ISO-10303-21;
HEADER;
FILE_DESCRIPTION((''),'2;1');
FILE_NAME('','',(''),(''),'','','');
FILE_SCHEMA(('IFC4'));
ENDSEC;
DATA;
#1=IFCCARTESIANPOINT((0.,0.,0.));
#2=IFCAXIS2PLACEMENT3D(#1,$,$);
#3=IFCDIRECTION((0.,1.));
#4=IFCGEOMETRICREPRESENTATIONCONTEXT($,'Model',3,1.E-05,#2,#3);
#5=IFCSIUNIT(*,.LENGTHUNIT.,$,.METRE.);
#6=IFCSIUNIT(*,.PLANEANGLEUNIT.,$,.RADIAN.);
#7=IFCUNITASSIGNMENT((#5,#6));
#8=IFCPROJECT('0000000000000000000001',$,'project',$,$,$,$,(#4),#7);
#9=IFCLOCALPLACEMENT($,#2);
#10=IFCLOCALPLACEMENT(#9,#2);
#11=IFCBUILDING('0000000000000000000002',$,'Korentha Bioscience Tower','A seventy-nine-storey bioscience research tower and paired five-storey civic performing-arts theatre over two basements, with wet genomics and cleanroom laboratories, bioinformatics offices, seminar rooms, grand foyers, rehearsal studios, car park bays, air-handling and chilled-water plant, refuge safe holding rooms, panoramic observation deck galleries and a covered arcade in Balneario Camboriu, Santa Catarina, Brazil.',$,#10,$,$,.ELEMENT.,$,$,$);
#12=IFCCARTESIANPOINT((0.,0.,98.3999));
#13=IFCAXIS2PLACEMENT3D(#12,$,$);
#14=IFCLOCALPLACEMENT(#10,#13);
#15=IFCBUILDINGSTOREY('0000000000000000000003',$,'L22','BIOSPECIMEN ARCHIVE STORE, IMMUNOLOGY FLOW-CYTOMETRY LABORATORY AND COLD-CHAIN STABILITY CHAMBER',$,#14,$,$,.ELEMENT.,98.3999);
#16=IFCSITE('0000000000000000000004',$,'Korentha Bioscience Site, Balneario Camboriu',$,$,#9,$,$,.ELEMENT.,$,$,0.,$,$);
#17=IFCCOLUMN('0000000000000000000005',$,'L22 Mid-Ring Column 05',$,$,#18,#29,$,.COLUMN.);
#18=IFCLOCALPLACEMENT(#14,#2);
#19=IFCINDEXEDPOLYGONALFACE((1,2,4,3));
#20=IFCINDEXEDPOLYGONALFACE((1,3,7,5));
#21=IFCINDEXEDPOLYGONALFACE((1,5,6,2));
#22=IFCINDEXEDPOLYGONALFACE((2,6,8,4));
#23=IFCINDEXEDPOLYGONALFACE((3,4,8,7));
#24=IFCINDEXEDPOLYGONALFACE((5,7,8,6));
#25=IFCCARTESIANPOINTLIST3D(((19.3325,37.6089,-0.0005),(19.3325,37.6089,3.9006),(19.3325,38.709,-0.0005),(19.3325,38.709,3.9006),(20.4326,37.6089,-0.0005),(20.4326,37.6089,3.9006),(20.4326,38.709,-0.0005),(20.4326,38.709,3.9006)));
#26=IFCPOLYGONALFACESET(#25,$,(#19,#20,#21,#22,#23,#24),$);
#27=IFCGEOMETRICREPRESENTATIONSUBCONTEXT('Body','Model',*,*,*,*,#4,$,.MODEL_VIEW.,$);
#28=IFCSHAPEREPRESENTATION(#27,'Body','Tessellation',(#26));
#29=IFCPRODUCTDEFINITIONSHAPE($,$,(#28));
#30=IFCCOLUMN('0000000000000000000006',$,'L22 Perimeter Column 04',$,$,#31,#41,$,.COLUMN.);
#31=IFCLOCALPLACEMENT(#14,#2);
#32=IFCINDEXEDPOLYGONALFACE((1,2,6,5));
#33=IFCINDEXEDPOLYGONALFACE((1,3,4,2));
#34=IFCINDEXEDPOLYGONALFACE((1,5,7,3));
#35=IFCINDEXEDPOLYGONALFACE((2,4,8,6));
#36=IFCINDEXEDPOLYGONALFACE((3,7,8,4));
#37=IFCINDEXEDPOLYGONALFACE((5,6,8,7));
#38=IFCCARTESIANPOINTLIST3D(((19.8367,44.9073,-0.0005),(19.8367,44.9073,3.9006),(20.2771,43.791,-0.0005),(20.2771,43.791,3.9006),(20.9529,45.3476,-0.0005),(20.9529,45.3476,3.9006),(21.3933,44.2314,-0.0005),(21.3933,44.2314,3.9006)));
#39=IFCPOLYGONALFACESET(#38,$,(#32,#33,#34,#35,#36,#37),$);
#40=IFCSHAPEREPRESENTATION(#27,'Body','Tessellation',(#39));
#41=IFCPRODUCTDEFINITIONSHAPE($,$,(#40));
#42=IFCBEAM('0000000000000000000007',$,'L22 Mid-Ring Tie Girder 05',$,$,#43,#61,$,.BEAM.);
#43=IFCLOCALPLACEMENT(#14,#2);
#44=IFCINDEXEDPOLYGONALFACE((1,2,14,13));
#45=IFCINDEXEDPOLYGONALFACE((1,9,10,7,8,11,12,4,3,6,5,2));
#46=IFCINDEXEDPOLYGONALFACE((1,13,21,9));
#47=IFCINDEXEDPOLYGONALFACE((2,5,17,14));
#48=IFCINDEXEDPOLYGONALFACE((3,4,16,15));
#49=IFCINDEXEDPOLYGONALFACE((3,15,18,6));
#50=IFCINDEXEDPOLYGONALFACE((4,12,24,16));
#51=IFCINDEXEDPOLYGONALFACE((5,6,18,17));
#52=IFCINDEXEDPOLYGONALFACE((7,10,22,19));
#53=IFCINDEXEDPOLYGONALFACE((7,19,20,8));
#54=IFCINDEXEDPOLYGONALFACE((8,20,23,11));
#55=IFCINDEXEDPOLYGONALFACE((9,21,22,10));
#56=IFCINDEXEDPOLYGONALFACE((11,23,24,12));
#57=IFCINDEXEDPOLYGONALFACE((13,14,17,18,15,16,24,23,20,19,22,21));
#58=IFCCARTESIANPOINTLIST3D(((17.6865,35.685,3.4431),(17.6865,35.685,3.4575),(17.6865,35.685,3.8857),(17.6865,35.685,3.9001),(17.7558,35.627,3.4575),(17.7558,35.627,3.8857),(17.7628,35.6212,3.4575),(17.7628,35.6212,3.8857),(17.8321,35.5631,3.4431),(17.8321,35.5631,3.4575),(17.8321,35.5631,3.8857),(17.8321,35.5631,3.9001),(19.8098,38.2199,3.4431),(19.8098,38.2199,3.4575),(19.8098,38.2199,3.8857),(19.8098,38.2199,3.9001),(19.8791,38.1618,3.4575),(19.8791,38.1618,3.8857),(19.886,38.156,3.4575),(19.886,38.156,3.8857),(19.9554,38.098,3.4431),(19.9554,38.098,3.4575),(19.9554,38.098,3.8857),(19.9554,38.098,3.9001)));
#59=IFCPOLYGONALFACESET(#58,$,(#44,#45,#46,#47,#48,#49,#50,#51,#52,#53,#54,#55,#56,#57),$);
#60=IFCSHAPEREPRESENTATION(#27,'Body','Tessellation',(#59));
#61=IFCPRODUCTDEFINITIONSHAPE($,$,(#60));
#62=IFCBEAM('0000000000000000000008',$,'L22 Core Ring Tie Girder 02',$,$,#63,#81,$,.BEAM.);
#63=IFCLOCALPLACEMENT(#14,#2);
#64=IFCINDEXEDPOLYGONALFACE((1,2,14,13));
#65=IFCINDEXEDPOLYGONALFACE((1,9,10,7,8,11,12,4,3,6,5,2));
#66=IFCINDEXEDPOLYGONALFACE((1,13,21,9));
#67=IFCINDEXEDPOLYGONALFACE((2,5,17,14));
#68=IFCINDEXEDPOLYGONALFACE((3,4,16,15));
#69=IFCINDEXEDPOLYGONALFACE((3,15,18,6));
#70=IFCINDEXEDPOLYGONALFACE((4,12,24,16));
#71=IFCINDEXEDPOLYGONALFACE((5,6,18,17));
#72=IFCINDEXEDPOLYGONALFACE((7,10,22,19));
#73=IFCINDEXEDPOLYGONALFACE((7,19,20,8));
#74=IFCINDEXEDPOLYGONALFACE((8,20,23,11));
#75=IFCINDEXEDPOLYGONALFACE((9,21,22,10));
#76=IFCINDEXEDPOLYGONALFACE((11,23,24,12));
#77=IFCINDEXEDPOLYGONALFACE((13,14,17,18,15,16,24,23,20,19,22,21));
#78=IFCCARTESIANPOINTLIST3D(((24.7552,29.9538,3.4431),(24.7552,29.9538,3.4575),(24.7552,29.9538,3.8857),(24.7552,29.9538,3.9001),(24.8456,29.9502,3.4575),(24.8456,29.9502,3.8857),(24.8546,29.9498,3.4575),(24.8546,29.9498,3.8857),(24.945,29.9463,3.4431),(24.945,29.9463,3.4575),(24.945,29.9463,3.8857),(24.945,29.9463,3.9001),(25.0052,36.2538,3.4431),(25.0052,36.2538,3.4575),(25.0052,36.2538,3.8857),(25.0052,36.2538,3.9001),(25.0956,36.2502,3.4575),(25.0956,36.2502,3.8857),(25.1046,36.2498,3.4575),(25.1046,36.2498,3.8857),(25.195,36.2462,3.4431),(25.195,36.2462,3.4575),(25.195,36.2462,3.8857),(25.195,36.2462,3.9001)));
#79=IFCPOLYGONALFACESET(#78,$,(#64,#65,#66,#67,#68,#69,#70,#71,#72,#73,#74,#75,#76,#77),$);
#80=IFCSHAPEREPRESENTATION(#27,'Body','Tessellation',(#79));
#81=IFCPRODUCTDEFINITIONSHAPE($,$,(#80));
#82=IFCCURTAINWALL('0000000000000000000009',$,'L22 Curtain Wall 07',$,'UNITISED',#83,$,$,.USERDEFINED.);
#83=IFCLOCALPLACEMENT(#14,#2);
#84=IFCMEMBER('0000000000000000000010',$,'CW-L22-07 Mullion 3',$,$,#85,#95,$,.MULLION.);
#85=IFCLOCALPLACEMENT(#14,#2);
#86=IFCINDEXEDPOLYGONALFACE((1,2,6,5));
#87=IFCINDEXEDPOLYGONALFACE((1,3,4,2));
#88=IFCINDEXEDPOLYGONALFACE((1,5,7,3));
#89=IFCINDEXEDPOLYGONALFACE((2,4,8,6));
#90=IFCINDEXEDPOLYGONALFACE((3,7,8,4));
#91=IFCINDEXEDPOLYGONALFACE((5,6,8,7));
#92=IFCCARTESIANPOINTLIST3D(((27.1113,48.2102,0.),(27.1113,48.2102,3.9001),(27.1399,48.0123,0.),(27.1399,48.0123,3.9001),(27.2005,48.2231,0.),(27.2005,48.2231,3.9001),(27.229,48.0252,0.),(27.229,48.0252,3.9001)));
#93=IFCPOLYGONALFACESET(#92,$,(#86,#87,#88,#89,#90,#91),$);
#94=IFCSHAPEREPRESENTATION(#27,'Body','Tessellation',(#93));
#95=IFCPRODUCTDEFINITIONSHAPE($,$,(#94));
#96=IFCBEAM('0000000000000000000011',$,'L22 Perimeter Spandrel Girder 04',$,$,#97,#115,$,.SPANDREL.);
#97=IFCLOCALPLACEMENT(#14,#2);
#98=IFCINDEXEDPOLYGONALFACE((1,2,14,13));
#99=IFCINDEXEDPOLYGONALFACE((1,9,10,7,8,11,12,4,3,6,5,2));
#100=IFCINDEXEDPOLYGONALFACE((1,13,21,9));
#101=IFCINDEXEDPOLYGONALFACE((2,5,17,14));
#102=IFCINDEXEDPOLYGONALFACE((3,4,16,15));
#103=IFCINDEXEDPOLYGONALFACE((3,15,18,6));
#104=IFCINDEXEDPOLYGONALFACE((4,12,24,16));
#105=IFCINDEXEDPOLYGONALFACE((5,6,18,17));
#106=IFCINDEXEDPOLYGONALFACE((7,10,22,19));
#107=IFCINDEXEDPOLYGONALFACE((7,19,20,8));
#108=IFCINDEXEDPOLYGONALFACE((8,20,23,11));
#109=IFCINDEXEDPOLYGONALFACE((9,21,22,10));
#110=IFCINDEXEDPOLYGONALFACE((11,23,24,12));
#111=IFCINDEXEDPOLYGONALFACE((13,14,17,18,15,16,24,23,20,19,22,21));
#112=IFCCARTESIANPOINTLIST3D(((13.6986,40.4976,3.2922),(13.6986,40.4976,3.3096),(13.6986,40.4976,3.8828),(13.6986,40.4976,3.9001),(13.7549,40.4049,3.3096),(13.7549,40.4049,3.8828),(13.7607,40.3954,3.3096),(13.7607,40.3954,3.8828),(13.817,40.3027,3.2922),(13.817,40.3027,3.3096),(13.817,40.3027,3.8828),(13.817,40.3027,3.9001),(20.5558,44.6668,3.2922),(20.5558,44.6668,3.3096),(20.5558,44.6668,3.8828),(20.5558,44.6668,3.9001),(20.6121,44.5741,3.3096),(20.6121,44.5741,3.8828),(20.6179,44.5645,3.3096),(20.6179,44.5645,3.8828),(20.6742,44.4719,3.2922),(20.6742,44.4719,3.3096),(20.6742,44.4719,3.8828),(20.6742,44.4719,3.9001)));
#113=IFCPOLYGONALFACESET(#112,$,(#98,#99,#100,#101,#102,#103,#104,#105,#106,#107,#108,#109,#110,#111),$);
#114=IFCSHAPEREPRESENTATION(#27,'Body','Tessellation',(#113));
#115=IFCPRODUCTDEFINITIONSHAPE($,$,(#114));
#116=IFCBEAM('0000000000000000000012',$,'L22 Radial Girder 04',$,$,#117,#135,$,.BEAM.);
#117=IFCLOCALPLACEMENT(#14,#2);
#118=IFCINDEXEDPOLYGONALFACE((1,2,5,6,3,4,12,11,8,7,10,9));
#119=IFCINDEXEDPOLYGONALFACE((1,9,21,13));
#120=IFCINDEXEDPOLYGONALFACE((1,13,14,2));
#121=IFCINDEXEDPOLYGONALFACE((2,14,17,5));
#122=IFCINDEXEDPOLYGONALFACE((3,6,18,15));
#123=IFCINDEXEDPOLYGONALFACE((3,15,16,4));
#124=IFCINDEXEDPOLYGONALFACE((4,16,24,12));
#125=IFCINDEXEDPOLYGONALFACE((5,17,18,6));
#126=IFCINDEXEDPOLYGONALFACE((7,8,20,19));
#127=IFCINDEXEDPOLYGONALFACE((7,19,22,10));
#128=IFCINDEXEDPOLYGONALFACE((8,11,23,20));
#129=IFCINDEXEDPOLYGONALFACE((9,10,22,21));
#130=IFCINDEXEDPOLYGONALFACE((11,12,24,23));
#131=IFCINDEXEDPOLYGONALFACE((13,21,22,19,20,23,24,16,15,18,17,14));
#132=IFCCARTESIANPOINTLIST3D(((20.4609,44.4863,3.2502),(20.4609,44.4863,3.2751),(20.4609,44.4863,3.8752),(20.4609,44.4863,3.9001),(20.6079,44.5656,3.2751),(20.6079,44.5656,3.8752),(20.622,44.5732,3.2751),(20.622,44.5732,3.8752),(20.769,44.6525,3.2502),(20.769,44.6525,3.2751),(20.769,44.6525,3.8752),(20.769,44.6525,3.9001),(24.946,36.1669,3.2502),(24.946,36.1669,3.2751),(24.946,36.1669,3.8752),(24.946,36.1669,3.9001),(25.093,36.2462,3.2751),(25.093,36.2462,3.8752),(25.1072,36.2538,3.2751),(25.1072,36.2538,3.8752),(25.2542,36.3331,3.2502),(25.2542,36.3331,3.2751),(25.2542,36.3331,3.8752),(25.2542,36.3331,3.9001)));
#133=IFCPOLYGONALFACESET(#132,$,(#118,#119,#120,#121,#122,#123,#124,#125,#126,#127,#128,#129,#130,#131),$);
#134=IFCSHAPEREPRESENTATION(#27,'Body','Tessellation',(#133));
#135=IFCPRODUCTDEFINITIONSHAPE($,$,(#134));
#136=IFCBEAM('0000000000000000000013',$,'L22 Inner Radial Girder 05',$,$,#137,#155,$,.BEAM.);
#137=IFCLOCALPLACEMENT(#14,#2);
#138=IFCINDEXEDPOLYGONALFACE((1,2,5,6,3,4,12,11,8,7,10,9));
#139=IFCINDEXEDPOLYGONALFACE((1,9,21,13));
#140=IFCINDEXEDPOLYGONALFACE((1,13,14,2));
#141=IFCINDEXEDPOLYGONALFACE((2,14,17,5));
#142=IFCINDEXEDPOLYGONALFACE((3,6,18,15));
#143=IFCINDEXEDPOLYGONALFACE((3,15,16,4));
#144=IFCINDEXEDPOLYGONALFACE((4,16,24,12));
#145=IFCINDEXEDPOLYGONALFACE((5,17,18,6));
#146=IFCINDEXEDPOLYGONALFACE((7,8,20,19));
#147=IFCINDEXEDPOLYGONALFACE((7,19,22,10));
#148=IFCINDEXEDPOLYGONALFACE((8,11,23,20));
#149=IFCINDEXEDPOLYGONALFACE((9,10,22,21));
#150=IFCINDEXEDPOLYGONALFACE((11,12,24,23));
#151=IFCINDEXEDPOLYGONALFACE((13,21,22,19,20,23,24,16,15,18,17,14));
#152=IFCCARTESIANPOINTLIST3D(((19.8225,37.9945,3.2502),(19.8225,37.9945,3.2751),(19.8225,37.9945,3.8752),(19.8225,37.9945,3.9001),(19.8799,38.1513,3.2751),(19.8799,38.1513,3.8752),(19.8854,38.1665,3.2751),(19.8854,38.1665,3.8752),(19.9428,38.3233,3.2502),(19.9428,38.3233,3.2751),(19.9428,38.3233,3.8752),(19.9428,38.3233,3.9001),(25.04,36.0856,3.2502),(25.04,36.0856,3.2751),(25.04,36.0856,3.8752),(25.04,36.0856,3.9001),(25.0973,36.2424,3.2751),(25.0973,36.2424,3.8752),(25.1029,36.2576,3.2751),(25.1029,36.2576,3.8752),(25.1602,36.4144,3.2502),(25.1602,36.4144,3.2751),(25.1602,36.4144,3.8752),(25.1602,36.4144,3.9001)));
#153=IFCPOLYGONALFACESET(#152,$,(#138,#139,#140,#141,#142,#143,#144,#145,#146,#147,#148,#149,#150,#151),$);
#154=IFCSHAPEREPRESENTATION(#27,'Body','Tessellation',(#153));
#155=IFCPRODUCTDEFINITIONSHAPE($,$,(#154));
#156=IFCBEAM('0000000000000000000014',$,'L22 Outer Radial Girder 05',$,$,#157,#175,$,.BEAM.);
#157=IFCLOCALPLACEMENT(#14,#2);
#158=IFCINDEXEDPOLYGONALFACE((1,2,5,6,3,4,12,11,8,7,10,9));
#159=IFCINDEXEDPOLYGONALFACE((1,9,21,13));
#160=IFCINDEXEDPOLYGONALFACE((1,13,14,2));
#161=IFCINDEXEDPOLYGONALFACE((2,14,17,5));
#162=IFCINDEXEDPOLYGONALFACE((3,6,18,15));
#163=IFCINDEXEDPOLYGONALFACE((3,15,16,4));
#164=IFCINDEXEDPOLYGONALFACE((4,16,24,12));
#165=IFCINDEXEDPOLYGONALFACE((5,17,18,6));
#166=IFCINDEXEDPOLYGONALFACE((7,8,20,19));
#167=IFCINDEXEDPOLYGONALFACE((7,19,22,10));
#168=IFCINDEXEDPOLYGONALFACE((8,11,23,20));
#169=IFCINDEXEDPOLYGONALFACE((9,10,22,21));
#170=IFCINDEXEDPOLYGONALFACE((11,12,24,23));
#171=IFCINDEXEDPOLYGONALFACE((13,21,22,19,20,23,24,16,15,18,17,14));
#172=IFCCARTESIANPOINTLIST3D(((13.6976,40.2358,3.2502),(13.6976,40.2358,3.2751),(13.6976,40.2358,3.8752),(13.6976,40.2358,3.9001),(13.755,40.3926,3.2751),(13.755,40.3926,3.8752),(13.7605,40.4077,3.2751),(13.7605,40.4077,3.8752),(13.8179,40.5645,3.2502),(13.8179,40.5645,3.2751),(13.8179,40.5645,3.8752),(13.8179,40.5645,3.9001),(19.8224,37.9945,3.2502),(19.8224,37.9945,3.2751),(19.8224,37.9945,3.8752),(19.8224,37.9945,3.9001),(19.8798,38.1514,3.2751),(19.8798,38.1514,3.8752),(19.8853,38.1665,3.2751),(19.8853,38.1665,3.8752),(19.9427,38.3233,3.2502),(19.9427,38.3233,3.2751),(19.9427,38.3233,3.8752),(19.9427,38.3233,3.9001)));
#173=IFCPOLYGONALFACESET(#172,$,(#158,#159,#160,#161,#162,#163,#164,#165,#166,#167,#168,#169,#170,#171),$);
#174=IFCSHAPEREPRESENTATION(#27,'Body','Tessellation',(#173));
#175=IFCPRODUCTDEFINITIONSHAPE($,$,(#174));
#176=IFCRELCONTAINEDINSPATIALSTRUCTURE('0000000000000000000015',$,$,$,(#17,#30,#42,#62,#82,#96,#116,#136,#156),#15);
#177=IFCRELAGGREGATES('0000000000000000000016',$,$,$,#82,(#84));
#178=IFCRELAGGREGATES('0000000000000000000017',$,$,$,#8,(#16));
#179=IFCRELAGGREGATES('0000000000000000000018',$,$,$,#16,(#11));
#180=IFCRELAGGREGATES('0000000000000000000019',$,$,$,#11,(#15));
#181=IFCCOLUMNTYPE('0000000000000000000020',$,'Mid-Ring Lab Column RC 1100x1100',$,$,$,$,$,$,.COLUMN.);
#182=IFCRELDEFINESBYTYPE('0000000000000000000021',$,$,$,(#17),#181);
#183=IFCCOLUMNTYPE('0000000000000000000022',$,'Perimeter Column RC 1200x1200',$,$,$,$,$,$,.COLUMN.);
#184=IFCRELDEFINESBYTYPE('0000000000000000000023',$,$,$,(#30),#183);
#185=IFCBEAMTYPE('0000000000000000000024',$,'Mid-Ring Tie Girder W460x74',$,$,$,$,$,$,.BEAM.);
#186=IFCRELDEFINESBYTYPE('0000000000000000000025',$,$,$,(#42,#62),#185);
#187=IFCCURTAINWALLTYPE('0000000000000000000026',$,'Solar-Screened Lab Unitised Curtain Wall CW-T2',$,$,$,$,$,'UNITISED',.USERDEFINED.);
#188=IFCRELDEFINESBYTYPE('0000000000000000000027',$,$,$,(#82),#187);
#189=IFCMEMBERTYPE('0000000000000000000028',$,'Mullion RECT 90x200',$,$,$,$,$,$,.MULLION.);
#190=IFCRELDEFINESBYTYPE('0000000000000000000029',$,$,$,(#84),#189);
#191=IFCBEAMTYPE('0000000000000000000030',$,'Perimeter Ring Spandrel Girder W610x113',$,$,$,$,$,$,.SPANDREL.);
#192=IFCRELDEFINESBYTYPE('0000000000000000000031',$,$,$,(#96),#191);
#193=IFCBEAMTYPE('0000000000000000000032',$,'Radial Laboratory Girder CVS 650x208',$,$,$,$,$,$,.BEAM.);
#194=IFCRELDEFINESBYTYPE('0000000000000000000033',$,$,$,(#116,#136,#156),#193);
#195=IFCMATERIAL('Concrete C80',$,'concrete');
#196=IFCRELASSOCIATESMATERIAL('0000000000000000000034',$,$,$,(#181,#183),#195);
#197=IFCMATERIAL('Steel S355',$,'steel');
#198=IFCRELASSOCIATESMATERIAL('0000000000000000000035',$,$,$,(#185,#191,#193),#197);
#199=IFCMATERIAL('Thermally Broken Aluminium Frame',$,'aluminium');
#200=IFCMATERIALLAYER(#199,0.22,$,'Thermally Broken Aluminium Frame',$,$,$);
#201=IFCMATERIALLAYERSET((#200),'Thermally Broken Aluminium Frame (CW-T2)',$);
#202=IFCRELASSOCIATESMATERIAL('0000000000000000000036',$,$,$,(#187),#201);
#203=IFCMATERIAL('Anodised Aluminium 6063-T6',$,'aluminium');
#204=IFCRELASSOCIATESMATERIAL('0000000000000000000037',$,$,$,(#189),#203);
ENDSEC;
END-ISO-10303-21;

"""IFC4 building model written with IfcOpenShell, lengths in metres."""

from ifc_helpers import new_model, si_unit, direction, frame, origin, origin_2d, place, context, subcontext, project, spatial, rectangle, i_section, extrude, material, layer, layer_set, material_profile, profile_set, type_object, element, aggregate, save


model = new_model("IFC4")

# Units and contexts
model_context = context("Model", 3, precision=1e-05, world=origin(), true_north=direction((0.0, 1.0)))
body_context = subcontext(model_context, "Body", "Model", "MODEL_VIEW")
ifc_project = project(units=[si_unit("LENGTHUNIT", "METRE"), si_unit("PLANEANGLEUNIT", "RADIAN")], contexts=[model_context])

# Site, building, storey
site_placement = place(None, origin())
site = spatial("IfcSite", under=ifc_project, at=site_placement, Name="Korentha Bioscience Site, Balneario Camboriu", CompositionType="ELEMENT", RefElevation=0.0)
building_placement = place(site_placement, origin())
building = spatial("IfcBuilding", under=site, at=building_placement, Name="Korentha Bioscience Tower", Description="A seventy-nine-storey bioscience research tower and paired five-storey civic performing-arts theatre over two basements, with wet genomics and cleanroom laboratories, bioinformatics offices, seminar rooms, grand foyers, rehearsal studios, car park bays, air-handling and chilled-water plant, refuge safe holding rooms, panoramic observation deck galleries and a covered arcade in Balneario Camboriu, Santa Catarina, Brazil.", CompositionType="ELEMENT")
storey_placement = place(building_placement, frame((0.0, 0.0, 98.3999)))
storey = spatial("IfcBuildingStorey", under=building, at=storey_placement, Name="L22", Description="BIOSPECIMEN ARCHIVE STORE, IMMUNOLOGY FLOW-CYTOMETRY LABORATORY AND COLD-CHAIN STABILITY CHAMBER", CompositionType="ELEMENT", Elevation=98.3999)

# Columns
ifc_material_1 = material(Name="Concrete C80", Category="concrete")
ifc_material_profile_1 = material_profile(ifc_material_1, rectangle(XDim=1.1001, YDim=1.1001, at=origin_2d()), Name="Concrete C80")
ifc_profile_set_1 = profile_set([ifc_material_profile_1], Name="Concrete C80 (COL-MR11)")
column_type_1 = type_object("IfcColumnType", Name="Mid-Ring Lab Column RC 1100x1100", PredefinedType="COLUMN", material=ifc_profile_set_1)
column_1_placement = place(storey_placement, frame((19.8826, 38.1589, -0.0005), z_axis=(0.0, 0.0, 1.0), x_axis=(1.0, 0.0, 0.0)))
element("IfcColumn", 1, at=column_1_placement, inside=storey, type_object=column_type_1, Name="L22 Mid-Ring Column 05", PredefinedType="COLUMN", context=body_context, shape_type="SweptSolid", body=[
    extrude(rectangle(XDim=1.1001, YDim=1.1001, at=origin_2d()), origin(), (0.0, 0.0, 1.0), 3.9011),
])
ifc_material_profile_2 = material_profile(ifc_material_1, rectangle(XDim=1.2, YDim=1.2, at=origin_2d()), Name="Concrete C80")
ifc_profile_set_2 = profile_set([ifc_material_profile_2], Name="Concrete C80 (COL-P12)")
column_type_2 = type_object("IfcColumnType", Name="Perimeter Column RC 1200x1200", PredefinedType="COLUMN", material=ifc_profile_set_2)
column_2_placement = place(storey_placement, frame((20.615, 44.5693, -0.0005), z_axis=(0.0, 0.0, 1.0), x_axis=(0.930226, 0.366988, 0.0)))
element("IfcColumn", 2, at=column_2_placement, inside=storey, type_object=column_type_2, Name="L22 Perimeter Column 04", PredefinedType="COLUMN", context=body_context, shape_type="SweptSolid", body=[
    extrude(rectangle(XDim=1.2, YDim=1.2, at=origin_2d()), origin(), (0.0, 0.0, 1.0), 3.9011),
])

# Beams
ifc_material_2 = material(Name="Steel S355", Category="steel")
ifc_material_profile_3 = material_profile(ifc_material_2, i_section(OverallWidth=0.1899, OverallDepth=0.457, WebThickness=0.009, FlangeThickness=0.0144, at=origin_2d()), Name="Steel S355")
ifc_profile_set_3 = profile_set([ifc_material_profile_3], Name="Steel S355 (MB-460)")
beam_type_1 = type_object("IfcBeamType", Name="Mid-Ring Tie Girder W460x74", PredefinedType="BEAM", material=ifc_profile_set_3)
beam_1_placement = place(storey_placement, frame((19.8826, 38.1589, 3.6716), z_axis=(-0.642121, -0.766603, 0.0), x_axis=(0.766603, -0.642121, 0.0)))
element("IfcBeam", 3, at=beam_1_placement, inside=storey, type_object=beam_type_1, Name="L22 Mid-Ring Tie Girder 05", PredefinedType="BEAM", context=body_context, shape_type="SweptSolid", body=[
    extrude(i_section(OverallWidth=0.1899, OverallDepth=0.457, WebThickness=0.009, FlangeThickness=0.0144, at=origin_2d()), origin(), (0.0, 0.0, 1.0), 3.3066),
])
beam_2_placement = place(storey_placement, frame((25.1001, 36.25, 3.6716), z_axis=(-0.039651, -0.999214, 0.0), x_axis=(0.999214, -0.039651, 0.0)))
element("IfcBeam", 4, at=beam_2_placement, inside=storey, type_object=beam_type_1, Name="L22 Core Ring Tie Girder 02", PredefinedType="BEAM", context=body_context, shape_type="SweptSolid", body=[
    extrude(i_section(OverallWidth=0.1899, OverallDepth=0.457, WebThickness=0.009, FlangeThickness=0.0144, at=origin_2d()), origin(), (0.0, 0.0, 1.0), 6.3049),
])

# Curtain wall, member
ifc_material_3 = material(Name="Thermally Broken Aluminium Frame", Category="aluminium")
ifc_layer_1 = layer(ifc_material_3, 0.22, Name="Thermally Broken Aluminium Frame")
ifc_layer_set_1 = layer_set([ifc_layer_1], Name="Thermally Broken Aluminium Frame (CW-T2)")
curtain_wall_type = type_object("IfcCurtainWallType", Name="Solar-Screened Lab Unitised Curtain Wall CW-T2", ElementType="UNITISED", PredefinedType="USERDEFINED", material=ifc_layer_set_1)
curtain_wall_placement = place(storey_placement, origin())
curtain_wall = element("IfcCurtainWall", 5, at=curtain_wall_placement, inside=storey, type_object=curtain_wall_type, Name="L22 Curtain Wall 07", ObjectType="UNITISED", PredefinedType="USERDEFINED")
ifc_material_4 = material(Name="Anodised Aluminium 6063-T6", Category="aluminium")
ifc_material_profile_4 = material_profile(ifc_material_4, rectangle(XDim=0.0901, YDim=0.2, at=origin_2d()), Name="Anodised Aluminium 6063-T6")
ifc_profile_set_4 = profile_set([ifc_material_profile_4], Name="Anodised Aluminium 6063-T6 (CW-MUL)")
member_type_1 = type_object("IfcMemberType", Name="Mullion RECT 90x200", PredefinedType="MULLION", material=ifc_profile_set_4)
member_1_placement = place(storey_placement, frame((27.1702, 48.1177, 0.0), z_axis=(0.0, 0.0, 1.0), x_axis=(-0.989738, -0.142892, 0.0)))
member_1 = element("IfcMember", 6, at=member_1_placement, type_object=member_type_1, Name="CW-L22-07 Mullion 3", PredefinedType="MULLION", context=body_context, shape_type="SweptSolid", body=[
    extrude(rectangle(XDim=0.0901, YDim=0.2, at=origin_2d()), origin(), (0.0, 0.0, 1.0), 3.9001),
])

# Beams
ifc_material_profile_5 = material_profile(ifc_material_2, i_section(OverallWidth=0.228, OverallDepth=0.6079, WebThickness=0.0112, FlangeThickness=0.0173, at=origin_2d()), Name="Steel S355")
ifc_profile_set_5 = profile_set([ifc_material_profile_5], Name="Steel S355 (SB-610)")
beam_type_2 = type_object("IfcBeamType", Name="Perimeter Ring Spandrel Girder W610x113", PredefinedType="SPANDREL", material=ifc_profile_set_5)
beam_3_placement = place(storey_placement, frame((20.615, 44.5693, 3.5962), z_axis=(-0.854461, -0.519515, 0.0), x_axis=(0.519515, -0.854461, 0.0)))
element("IfcBeam", 7, at=beam_3_placement, inside=storey, type_object=beam_type_2, Name="L22 Perimeter Spandrel Girder 04", PredefinedType="SPANDREL", context=body_context, shape_type="SweptSolid", body=[
    extrude(i_section(OverallWidth=0.228, OverallDepth=0.6079, WebThickness=0.0112, FlangeThickness=0.0173, at=origin_2d()), origin(), (0.0, 0.0, 1.0), 8.0251),
])
ifc_material_profile_6 = material_profile(ifc_material_2, i_section(OverallWidth=0.3501, OverallDepth=0.6499, WebThickness=0.0161, FlangeThickness=0.0249, at=origin_2d()), Name="Steel S355")
ifc_profile_set_6 = profile_set([ifc_material_profile_6], Name="Steel S355 (RB-650)")
beam_type_3 = type_object("IfcBeamType", Name="Radial Laboratory Girder CVS 650x208", PredefinedType="BEAM", material=ifc_profile_set_6)
beam_4_placement = place(storey_placement, frame((25.1001, 36.25, 3.5752), z_axis=(-0.474548, 0.88023, 0.0), x_axis=(-0.88023, -0.474548, 0.0)))
element("IfcBeam", 8, at=beam_4_placement, inside=storey, type_object=beam_type_3, Name="L22 Radial Girder 04", PredefinedType="BEAM", context=body_context, shape_type="SweptSolid", body=[
    extrude(i_section(OverallWidth=0.3501, OverallDepth=0.6499, WebThickness=0.0161, FlangeThickness=0.0249, at=origin_2d()), origin(), (0.0, 0.0, 1.0), 9.4514),
])
beam_5_placement = place(storey_placement, frame((25.1001, 36.25, 3.5752), z_axis=(-0.939118, 0.343595, 0.0), x_axis=(-0.343595, -0.939118, 0.0)))
element("IfcBeam", 9, at=beam_5_placement, inside=storey, type_object=beam_type_3, Name="L22 Inner Radial Girder 05", PredefinedType="BEAM", context=body_context, shape_type="SweptSolid", body=[
    extrude(i_section(OverallWidth=0.3501, OverallDepth=0.6499, WebThickness=0.0161, FlangeThickness=0.0249, at=origin_2d()), origin(), (0.0, 0.0, 1.0), 5.5557),
])
beam_6_placement = place(storey_placement, frame((19.8826, 38.1589, 3.5752), z_axis=(-0.939101, 0.343642, 0.0), x_axis=(-0.343642, -0.939101, 0.0)))
element("IfcBeam", 10, at=beam_6_placement, inside=storey, type_object=beam_type_3, Name="L22 Outer Radial Girder 05", PredefinedType="BEAM", context=body_context, shape_type="SweptSolid", body=[
    extrude(i_section(OverallWidth=0.3501, OverallDepth=0.6499, WebThickness=0.0161, FlangeThickness=0.0249, at=origin_2d()), origin(), (0.0, 0.0, 1.0), 6.522),
])

aggregate(curtain_wall, [member_1])

save(model, "model.ifc")
